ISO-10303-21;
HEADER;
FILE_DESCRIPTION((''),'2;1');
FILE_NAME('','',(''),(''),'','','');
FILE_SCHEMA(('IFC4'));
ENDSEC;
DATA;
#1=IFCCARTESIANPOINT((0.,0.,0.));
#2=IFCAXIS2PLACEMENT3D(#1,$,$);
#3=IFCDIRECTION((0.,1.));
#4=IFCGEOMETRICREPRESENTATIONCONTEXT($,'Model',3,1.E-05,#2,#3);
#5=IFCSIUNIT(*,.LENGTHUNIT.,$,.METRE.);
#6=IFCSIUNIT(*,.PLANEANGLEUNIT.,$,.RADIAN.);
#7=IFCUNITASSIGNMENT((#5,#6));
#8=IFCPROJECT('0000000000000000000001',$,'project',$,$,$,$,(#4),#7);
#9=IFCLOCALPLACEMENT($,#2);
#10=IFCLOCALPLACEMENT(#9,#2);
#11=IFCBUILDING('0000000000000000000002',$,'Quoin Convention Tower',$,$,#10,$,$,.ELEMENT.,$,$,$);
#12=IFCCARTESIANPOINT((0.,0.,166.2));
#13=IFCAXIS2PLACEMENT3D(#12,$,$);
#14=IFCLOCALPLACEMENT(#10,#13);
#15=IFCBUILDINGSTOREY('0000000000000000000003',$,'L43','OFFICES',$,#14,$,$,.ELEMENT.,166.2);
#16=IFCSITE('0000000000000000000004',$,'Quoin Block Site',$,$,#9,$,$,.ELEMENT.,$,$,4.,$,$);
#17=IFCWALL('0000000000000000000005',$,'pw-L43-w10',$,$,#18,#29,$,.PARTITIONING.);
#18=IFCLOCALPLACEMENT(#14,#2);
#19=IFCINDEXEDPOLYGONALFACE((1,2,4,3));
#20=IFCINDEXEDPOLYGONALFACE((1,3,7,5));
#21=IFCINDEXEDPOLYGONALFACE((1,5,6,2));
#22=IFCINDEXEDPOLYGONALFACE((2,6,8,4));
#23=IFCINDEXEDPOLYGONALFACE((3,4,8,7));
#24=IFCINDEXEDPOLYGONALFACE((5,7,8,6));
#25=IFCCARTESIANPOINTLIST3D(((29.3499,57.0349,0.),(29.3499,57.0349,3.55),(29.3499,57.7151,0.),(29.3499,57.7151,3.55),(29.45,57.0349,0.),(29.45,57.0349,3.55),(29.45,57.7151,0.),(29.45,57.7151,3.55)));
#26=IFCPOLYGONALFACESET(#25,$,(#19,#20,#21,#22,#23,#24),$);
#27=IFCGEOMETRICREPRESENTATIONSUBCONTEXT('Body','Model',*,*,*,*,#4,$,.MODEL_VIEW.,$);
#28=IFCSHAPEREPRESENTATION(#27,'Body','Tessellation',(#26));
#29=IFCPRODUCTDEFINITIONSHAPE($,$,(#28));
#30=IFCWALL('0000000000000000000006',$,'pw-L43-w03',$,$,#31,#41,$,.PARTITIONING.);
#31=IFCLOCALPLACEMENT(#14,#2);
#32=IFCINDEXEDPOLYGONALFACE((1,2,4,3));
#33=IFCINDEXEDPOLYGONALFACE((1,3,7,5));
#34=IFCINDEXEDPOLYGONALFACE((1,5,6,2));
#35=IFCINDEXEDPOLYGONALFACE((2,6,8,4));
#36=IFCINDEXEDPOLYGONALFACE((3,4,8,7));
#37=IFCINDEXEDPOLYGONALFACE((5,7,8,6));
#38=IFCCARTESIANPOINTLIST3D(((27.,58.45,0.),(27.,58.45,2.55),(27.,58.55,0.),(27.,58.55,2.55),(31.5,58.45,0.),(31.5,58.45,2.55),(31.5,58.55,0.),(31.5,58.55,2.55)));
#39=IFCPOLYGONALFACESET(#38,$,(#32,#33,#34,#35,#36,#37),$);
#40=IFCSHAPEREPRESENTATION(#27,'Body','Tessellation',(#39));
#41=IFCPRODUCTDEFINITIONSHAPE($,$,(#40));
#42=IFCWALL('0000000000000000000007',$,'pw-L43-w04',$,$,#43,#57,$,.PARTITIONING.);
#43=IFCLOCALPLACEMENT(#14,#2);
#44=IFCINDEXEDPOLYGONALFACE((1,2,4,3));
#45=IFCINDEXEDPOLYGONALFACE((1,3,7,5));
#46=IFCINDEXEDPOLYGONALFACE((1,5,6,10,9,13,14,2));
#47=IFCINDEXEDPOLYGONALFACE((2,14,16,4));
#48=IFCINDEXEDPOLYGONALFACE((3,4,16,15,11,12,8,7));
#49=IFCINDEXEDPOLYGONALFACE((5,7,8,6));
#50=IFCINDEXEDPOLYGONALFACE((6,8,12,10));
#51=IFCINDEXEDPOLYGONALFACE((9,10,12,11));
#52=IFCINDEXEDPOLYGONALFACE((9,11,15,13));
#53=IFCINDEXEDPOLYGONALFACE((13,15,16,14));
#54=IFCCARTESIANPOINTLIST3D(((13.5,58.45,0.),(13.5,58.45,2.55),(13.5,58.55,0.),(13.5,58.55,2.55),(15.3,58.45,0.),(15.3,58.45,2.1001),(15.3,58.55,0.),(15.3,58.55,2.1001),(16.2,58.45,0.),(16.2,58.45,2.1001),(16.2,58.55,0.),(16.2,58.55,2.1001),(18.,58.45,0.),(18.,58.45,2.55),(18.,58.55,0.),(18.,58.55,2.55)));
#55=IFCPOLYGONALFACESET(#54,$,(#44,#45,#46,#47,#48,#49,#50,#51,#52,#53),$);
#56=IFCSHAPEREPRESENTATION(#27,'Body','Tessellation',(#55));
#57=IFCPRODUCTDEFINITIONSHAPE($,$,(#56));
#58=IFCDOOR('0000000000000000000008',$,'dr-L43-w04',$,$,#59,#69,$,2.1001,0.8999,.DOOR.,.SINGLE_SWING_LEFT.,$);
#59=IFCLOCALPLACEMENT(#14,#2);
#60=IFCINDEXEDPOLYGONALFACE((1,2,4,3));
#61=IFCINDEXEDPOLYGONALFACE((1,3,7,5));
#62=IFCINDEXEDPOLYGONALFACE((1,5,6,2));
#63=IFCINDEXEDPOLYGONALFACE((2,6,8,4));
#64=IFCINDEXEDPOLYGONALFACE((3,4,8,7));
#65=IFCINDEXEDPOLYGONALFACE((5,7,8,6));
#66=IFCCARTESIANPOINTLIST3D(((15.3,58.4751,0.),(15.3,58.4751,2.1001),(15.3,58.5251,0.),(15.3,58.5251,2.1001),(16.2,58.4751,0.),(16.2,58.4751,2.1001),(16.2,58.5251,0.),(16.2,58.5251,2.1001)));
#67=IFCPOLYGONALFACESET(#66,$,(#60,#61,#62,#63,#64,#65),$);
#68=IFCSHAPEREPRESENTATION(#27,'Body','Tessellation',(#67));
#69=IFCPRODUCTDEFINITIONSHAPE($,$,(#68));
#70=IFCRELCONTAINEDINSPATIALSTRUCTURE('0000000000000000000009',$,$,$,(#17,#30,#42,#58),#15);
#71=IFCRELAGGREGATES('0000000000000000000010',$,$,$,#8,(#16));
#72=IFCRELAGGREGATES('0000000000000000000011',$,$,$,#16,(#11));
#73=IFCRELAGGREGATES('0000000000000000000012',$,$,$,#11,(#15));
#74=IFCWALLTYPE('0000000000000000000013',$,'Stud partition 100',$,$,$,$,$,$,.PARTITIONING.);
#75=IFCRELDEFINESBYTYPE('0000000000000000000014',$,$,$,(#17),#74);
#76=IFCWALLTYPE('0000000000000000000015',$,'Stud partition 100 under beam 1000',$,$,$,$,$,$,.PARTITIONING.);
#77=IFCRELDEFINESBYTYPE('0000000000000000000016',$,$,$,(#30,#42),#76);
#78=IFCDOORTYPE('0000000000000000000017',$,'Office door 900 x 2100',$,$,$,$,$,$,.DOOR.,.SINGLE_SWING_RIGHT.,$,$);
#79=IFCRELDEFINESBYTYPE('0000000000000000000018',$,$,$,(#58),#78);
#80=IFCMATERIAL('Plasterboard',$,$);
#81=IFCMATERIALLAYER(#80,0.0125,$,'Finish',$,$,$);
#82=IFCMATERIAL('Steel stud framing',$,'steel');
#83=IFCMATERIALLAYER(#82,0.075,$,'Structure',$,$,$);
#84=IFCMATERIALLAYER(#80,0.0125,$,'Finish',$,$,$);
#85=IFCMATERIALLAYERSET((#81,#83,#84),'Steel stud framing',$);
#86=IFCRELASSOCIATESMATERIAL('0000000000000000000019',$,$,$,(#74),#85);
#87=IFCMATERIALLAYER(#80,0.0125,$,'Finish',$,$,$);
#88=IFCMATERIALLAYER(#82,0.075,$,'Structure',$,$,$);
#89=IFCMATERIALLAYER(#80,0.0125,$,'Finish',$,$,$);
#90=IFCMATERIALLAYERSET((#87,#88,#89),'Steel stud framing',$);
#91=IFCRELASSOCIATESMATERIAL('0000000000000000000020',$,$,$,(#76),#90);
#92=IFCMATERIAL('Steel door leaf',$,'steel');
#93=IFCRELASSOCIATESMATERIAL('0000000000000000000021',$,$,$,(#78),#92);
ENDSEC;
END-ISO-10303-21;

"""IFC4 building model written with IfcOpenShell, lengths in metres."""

from ifc_helpers import new_model, si_unit, direction, frame, frame_2d, origin, place, context, subcontext, project, spatial, rectangle, extrude, material, layer, layer_set, type_object, element, fill, save


model = new_model("IFC4")

# Units and contexts
model_context = context("Model", 3, precision=1e-05, world=origin(), true_north=direction((0.0, 1.0)))
body_context = subcontext(model_context, "Body", "Model", "MODEL_VIEW")
ifc_project = project(units=[si_unit("LENGTHUNIT", "METRE"), si_unit("PLANEANGLEUNIT", "RADIAN")], contexts=[model_context])

# Site, building, storey
site_placement = place(None, origin())
site = spatial("IfcSite", under=ifc_project, at=site_placement, Name="Quoin Block Site", CompositionType="ELEMENT", RefElevation=4.0)
building_placement = place(site_placement, origin())
building = spatial("IfcBuilding", under=site, at=building_placement, Name="Quoin Convention Tower", CompositionType="ELEMENT")
storey_placement = place(building_placement, frame((0.0, 0.0, 166.2)))
storey = spatial("IfcBuildingStorey", under=building, at=storey_placement, Name="L43", Description="OFFICES", CompositionType="ELEMENT", Elevation=166.2)

# Shared definitions
ifc_material_1 = material(Name="Steel door leaf", Category="steel")
ifc_material_2 = material(Name="Plasterboard")
ifc_material_3 = material(Name="Steel stud framing", Category="steel")

# Walls
ifc_layer_1 = layer(ifc_material_2, 0.0125, Name="Finish")
ifc_layer_2 = layer(ifc_material_3, 0.075, Name="Structure")
ifc_layer_3 = layer(ifc_material_2, 0.0125, Name="Finish")
ifc_layer_set_1 = layer_set([ifc_layer_1, ifc_layer_2, ifc_layer_3], Name="Steel stud framing")
wall_type_1 = type_object("IfcWallType", Name="Stud partition 100", PredefinedType="PARTITIONING", material=ifc_layer_set_1)
wall_1_placement = place(storey_placement, frame((29.3999, 57.7151, 0.0), z_axis=(0.0, 0.0, 1.0), x_axis=(0.0, -1.0, 0.0)))
element("IfcWall", 1, at=wall_1_placement, inside=storey, type_object=wall_type_1, Name="pw-L43-w10", PredefinedType="PARTITIONING", context=body_context, shape_type="SweptSolid", body=[
    extrude(rectangle(XDim=0.6802, YDim=0.1001, at=frame_2d((0.3401, 0.0))), origin(), (0.0, 0.0, 1.0), 3.55),
])
ifc_layer_4 = layer(ifc_material_2, 0.0125, Name="Finish")
ifc_layer_5 = layer(ifc_material_3, 0.075, Name="Structure")
ifc_layer_6 = layer(ifc_material_2, 0.0125, Name="Finish")
ifc_layer_set_2 = layer_set([ifc_layer_4, ifc_layer_5, ifc_layer_6], Name="Steel stud framing")
wall_type_2 = type_object("IfcWallType", Name="Stud partition 100 under beam 1000", PredefinedType="PARTITIONING", material=ifc_layer_set_2)
wall_2_placement = place(storey_placement, frame((31.5, 58.5, 0.0), z_axis=(0.0, 0.0, 1.0), x_axis=(-1.0, 0.0, 0.0)))
element("IfcWall", 2, at=wall_2_placement, inside=storey, type_object=wall_type_2, Name="pw-L43-w03", PredefinedType="PARTITIONING", context=body_context, shape_type="SweptSolid", body=[
    extrude(rectangle(XDim=4.5, YDim=0.1001, at=frame_2d((2.25, 0.0))), origin(), (0.0, 0.0, 1.0), 2.55),
])

# Wall, opening, door
wall_3_placement = place(storey_placement, frame((13.5, 58.5, 0.0), z_axis=(0.0, 0.0, 1.0), x_axis=(1.0, 0.0, 0.0)))
wall_3 = element("IfcWall", 3, at=wall_3_placement, inside=storey, type_object=wall_type_2, Name="pw-L43-w04", PredefinedType="PARTITIONING", context=body_context, shape_type="SweptSolid", body=[
    extrude(rectangle(XDim=4.5, YDim=0.1001, at=frame_2d((2.25, 0.0))), origin(), (0.0, 0.0, 1.0), 2.55),
])
opening_1_placement = place(wall_3_placement, frame((1.8, 0.0, 0.0)))
opening_1 = element("IfcOpeningElement", 4, at=opening_1_placement, cuts=wall_3, PredefinedType="OPENING", context=body_context, shape_type="SweptSolid", body=[
    extrude(rectangle(XDim=0.8999, YDim=2.1001, at=frame_2d((0.45, 1.05))), frame((0.0, 0.0601, 0.0), z_axis=(0.0, -1.0, 0.0), x_axis=(1.0, 0.0, 0.0)), (0.0, 0.0, 1.0), 0.1201),
])
door_type_1 = type_object("IfcDoorType", Name="Office door 900 x 2100", OperationType="SINGLE_SWING_RIGHT", PredefinedType="DOOR", material=ifc_material_1)
door_1_placement = place(opening_1_placement, frame((0.8999, 0.0, 0.0), z_axis=(0.0, 0.0, 1.0), x_axis=(-1.0, 0.0, 0.0)))
door_1 = element("IfcDoor", 5, at=door_1_placement, inside=storey, type_object=door_type_1, Name="dr-L43-w04", OperationType="SINGLE_SWING_LEFT", OverallHeight=2.1001, OverallWidth=0.8999, PredefinedType="DOOR", context=body_context, shape_type="SweptSolid", body=[
    extrude(rectangle(XDim=0.8999, YDim=2.1001, at=frame_2d((0.45, 1.05))), frame((0.0, 0.0249, 0.0), z_axis=(0.0, -1.0, 0.0), x_axis=(1.0, 0.0, 0.0)), (0.0, 0.0, 1.0), 0.05),
])
fill(opening_1, door_1)

save(model, "model.ifc")
